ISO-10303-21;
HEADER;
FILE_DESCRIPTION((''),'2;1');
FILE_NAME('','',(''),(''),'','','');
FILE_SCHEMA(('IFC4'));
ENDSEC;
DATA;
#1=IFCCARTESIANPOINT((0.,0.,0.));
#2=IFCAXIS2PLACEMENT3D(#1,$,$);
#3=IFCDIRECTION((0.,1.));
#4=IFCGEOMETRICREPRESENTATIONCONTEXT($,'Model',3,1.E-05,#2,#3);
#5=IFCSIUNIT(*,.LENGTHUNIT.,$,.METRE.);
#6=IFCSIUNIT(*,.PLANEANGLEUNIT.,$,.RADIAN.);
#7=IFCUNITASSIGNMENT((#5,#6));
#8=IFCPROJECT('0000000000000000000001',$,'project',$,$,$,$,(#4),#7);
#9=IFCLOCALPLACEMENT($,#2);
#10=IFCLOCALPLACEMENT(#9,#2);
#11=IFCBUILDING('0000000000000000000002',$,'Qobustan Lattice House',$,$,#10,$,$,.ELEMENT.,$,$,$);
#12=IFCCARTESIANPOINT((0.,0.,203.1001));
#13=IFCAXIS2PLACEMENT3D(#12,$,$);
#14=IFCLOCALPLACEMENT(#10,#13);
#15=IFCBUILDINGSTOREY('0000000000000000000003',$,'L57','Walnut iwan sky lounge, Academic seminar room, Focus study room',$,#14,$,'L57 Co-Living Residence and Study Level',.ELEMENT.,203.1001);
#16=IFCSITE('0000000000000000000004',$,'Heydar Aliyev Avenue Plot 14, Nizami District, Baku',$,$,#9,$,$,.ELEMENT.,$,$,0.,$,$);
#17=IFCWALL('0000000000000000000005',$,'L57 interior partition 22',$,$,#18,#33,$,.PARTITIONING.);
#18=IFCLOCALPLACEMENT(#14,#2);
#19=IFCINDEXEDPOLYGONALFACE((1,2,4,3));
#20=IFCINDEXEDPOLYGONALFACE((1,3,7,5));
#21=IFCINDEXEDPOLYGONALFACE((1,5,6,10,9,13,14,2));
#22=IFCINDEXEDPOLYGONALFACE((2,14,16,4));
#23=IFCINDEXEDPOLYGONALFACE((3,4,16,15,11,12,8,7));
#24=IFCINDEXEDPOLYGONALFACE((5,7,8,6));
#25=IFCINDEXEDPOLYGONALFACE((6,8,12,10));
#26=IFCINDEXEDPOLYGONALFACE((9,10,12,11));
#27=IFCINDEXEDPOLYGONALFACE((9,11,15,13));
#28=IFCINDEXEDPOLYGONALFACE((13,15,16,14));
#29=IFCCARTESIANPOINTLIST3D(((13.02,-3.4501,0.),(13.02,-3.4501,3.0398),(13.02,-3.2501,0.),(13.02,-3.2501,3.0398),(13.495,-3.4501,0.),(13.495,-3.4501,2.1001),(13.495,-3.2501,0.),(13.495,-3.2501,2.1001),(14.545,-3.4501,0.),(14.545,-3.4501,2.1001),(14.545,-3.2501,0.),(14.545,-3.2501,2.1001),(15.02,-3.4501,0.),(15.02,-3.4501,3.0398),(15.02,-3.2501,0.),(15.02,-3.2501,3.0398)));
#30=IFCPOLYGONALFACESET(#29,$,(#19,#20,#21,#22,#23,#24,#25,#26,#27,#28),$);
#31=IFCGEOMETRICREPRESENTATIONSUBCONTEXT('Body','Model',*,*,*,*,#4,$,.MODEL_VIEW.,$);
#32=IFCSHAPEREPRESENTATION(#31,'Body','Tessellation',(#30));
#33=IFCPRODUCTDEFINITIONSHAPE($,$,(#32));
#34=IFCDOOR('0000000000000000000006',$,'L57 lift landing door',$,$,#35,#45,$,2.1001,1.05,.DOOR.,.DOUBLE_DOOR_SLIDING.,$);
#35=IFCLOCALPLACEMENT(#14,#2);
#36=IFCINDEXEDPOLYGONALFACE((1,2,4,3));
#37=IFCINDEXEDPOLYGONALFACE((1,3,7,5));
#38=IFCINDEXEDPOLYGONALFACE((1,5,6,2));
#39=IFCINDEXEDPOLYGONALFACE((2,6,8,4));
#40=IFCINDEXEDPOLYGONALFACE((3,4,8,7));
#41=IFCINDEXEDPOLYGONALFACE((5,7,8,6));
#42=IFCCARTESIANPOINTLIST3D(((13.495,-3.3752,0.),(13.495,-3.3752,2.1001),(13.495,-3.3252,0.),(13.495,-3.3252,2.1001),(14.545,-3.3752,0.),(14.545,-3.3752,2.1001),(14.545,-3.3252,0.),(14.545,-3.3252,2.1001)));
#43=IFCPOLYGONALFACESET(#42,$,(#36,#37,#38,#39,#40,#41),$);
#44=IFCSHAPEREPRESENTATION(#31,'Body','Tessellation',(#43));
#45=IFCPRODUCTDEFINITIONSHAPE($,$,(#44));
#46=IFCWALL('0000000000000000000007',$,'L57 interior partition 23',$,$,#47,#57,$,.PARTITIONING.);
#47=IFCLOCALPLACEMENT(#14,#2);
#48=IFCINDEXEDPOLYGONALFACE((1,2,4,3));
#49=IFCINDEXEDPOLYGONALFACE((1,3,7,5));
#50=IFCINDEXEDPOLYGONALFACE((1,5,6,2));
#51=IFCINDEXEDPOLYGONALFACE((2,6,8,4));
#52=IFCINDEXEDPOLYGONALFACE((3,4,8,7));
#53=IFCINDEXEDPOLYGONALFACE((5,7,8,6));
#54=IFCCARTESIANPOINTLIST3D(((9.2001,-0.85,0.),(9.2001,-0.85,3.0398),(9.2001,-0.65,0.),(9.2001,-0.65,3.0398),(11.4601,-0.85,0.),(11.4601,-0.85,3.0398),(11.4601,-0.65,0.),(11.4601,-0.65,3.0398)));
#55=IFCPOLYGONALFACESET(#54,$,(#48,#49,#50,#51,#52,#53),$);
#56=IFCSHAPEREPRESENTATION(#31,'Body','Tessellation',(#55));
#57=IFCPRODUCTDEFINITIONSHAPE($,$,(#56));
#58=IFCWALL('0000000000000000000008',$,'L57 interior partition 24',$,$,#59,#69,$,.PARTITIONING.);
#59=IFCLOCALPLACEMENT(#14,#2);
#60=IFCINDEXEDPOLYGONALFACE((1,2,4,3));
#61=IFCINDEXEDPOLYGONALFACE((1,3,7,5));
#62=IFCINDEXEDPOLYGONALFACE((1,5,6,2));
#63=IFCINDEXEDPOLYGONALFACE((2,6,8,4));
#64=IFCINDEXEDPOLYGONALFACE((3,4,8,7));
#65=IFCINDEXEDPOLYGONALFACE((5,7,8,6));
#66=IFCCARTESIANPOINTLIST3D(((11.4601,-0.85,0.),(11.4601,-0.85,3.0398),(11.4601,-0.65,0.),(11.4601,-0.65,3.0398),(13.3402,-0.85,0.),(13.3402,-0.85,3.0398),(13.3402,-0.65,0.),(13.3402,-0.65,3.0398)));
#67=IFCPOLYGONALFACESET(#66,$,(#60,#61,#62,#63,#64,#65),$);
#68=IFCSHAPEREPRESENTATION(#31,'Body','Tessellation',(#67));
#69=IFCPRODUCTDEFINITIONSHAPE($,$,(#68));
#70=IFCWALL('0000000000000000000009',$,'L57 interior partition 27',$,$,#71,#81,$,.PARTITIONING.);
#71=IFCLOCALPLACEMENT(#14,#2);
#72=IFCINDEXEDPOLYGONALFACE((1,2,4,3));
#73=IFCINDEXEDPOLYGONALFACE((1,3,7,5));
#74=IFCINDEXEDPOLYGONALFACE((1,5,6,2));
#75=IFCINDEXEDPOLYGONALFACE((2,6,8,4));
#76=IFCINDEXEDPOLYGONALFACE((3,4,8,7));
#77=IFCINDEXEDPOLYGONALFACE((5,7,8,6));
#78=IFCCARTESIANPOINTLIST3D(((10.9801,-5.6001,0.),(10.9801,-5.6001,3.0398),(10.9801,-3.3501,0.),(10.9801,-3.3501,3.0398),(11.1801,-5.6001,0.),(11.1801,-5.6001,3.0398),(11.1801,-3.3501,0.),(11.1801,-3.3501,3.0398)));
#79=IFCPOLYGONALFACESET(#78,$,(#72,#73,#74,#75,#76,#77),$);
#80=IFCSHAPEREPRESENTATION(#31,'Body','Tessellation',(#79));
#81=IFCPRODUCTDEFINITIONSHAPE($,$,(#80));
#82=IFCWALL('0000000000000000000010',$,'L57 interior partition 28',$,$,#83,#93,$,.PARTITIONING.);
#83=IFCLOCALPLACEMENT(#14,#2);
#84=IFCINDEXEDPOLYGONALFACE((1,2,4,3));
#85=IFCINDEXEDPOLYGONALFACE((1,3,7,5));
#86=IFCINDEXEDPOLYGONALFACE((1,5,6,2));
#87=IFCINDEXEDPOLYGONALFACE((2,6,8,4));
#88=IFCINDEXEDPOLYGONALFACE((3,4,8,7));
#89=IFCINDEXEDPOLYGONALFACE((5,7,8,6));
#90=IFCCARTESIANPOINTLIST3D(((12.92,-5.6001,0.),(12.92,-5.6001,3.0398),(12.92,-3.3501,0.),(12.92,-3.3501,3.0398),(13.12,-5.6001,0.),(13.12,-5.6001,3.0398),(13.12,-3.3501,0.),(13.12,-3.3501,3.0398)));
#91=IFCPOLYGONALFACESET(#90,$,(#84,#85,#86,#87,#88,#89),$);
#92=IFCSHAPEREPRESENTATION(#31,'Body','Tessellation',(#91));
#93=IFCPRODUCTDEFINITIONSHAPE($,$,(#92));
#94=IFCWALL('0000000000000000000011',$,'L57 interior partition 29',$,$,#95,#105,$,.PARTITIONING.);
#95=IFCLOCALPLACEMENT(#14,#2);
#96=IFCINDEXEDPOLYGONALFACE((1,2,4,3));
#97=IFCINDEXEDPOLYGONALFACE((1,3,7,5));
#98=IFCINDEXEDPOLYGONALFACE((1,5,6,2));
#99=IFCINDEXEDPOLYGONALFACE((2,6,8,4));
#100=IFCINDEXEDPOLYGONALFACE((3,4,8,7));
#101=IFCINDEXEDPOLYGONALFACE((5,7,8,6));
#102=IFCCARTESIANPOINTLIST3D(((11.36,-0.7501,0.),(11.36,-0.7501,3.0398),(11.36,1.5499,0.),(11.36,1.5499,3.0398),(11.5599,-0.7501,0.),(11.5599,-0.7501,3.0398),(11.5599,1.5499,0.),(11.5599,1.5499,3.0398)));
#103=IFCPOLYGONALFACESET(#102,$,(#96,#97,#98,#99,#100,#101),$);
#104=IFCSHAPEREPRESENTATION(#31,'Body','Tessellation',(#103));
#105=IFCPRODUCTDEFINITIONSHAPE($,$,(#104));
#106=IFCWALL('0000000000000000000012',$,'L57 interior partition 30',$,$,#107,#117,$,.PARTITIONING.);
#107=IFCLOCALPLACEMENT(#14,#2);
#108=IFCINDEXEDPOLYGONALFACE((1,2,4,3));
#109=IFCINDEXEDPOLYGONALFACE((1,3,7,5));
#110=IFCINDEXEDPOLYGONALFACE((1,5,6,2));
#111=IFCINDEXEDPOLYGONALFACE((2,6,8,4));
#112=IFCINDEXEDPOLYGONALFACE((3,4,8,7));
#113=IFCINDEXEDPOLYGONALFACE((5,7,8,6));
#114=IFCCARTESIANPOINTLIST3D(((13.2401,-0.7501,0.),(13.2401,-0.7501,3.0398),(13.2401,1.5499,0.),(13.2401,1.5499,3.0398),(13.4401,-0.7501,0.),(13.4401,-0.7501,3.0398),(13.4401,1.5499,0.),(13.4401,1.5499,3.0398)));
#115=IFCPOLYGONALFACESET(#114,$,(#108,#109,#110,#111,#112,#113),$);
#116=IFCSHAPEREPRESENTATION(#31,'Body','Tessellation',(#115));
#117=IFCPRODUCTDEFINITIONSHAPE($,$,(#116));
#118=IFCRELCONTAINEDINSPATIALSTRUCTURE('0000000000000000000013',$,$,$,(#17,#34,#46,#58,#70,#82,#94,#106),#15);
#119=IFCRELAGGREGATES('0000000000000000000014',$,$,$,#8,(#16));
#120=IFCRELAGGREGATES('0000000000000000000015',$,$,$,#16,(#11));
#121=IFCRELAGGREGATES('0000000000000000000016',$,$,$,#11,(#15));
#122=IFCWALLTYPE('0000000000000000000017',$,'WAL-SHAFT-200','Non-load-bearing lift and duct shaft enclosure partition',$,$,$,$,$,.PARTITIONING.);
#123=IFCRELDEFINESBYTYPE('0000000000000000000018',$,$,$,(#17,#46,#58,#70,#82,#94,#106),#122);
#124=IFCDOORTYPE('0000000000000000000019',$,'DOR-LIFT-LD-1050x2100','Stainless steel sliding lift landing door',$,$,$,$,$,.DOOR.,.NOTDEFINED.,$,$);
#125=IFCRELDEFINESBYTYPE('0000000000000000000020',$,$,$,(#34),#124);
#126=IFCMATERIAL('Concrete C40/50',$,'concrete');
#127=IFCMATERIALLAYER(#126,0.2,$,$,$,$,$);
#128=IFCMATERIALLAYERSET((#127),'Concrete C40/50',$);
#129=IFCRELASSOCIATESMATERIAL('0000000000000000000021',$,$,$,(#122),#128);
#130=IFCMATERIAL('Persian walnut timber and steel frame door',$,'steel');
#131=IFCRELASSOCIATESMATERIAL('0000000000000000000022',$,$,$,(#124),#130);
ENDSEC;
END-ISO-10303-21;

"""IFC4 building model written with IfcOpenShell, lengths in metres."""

from ifc_helpers import new_model, si_unit, direction, frame, frame_2d, origin, place, context, subcontext, project, spatial, rectangle, extrude, material, layer, layer_set, type_object, element, fill, save


model = new_model("IFC4")

# Units and contexts
model_context = context("Model", 3, precision=1e-05, world=origin(), true_north=direction((0.0, 1.0)))
body_context = subcontext(model_context, "Body", "Model", "MODEL_VIEW")
ifc_project = project(units=[si_unit("LENGTHUNIT", "METRE"), si_unit("PLANEANGLEUNIT", "RADIAN")], contexts=[model_context])

# Site, building, storey
site_placement = place(None, origin())
site = spatial("IfcSite", under=ifc_project, at=site_placement, Name="Heydar Aliyev Avenue Plot 14, Nizami District, Baku", CompositionType="ELEMENT", RefElevation=0.0)
building_placement = place(site_placement, origin())
building = spatial("IfcBuilding", under=site, at=building_placement, Name="Qobustan Lattice House", CompositionType="ELEMENT")
storey_placement = place(building_placement, frame((0.0, 0.0, 203.1001)))
storey = spatial("IfcBuildingStorey", under=building, at=storey_placement, Name="L57", Description="Walnut iwan sky lounge, Academic seminar room, Focus study room", LongName="L57 Co-Living Residence and Study Level", CompositionType="ELEMENT", Elevation=203.1001)

# Shared definitions
ifc_material_1 = material(Name="Concrete C40/50", Category="concrete")
ifc_layer_1 = layer(ifc_material_1, 0.2)
ifc_layer_set_1 = layer_set([ifc_layer_1], Name="Concrete C40/50")
wall_type_1 = type_object("IfcWallType", Name="WAL-SHAFT-200", Description="Non-load-bearing lift and duct shaft enclosure partition", PredefinedType="PARTITIONING", material=ifc_layer_set_1)

# Wall, opening, door
ifc_material_2 = material(Name="Persian walnut timber and steel frame door", Category="steel")
door_type_1 = type_object("IfcDoorType", Name="DOR-LIFT-LD-1050x2100", Description="Stainless steel sliding lift landing door", OperationType="NOTDEFINED", PredefinedType="DOOR", material=ifc_material_2)
wall_1_placement = place(storey_placement, frame((13.02, -3.3501, 0.0), z_axis=(0.0, 0.0, 1.0), x_axis=(1.0, 0.0, 0.0)))
wall_1 = element("IfcWall", 1, at=wall_1_placement, inside=storey, type_object=wall_type_1, Name="L57 interior partition 22", PredefinedType="PARTITIONING", context=body_context, shape_type="SweptSolid", body=[
    extrude(rectangle(XDim=2.0, YDim=0.2, at=frame_2d((1.0, 0.0))), origin(), (0.0, 0.0, 1.0), 3.0398),
])
opening_1_placement = place(wall_1_placement, frame((0.4751, 0.0, 0.0)))
opening_1 = element("IfcOpeningElement", 2, at=opening_1_placement, cuts=wall_1, PredefinedType="OPENING", context=body_context, shape_type="SweptSolid", body=[
    extrude(rectangle(XDim=1.05, YDim=2.1001, at=frame_2d((0.5249, 1.05))), frame((0.0, 0.1099, 0.0), z_axis=(0.0, -1.0, 0.0), x_axis=(1.0, 0.0, 0.0)), (0.0, 0.0, 1.0), 0.22),
])
door_1_placement = place(opening_1_placement, origin())
door_1 = element("IfcDoor", 3, at=door_1_placement, inside=storey, type_object=door_type_1, Name="L57 lift landing door", OperationType="DOUBLE_DOOR_SLIDING", OverallHeight=2.1001, OverallWidth=1.05, PredefinedType="DOOR", context=body_context, shape_type="SweptSolid", body=[
    extrude(rectangle(XDim=1.05, YDim=2.1001, at=frame_2d((0.5249, 1.05))), frame((0.0, 0.0249, 0.0), z_axis=(0.0, -1.0, 0.0), x_axis=(1.0, 0.0, 0.0)), (0.0, 0.0, 1.0), 0.05),
])
fill(opening_1, door_1)

# Walls
wall_2_placement = place(storey_placement, frame((11.46, -0.75, 0.0), z_axis=(0.0, 0.0, 1.0), x_axis=(-1.0, 0.0, 0.0)))
element("IfcWall", 4, at=wall_2_placement, inside=storey, type_object=wall_type_1, Name="L57 interior partition 23", PredefinedType="PARTITIONING", context=body_context, shape_type="SweptSolid", body=[
    extrude(rectangle(XDim=2.26, YDim=0.2, at=frame_2d((1.1299, 0.0))), origin(), (0.0, 0.0, 1.0), 3.0398),
])
wall_3_placement = place(storey_placement, frame((13.3401, -0.75, 0.0), z_axis=(0.0, 0.0, 1.0), x_axis=(-1.0, 0.0, 0.0)))
element("IfcWall", 5, at=wall_3_placement, inside=storey, type_object=wall_type_1, Name="L57 interior partition 24", PredefinedType="PARTITIONING", context=body_context, shape_type="SweptSolid", body=[
    extrude(rectangle(XDim=1.8801, YDim=0.2, at=frame_2d((0.9399, 0.0))), origin(), (0.0, 0.0, 1.0), 3.0398),
])
for number, where, z_axis, x_axis, name in (
    (6, (11.0801, -5.6001, 0.0), (0.0, 0.0, 1.0), (0.0, 1.0, 0.0), "L57 interior partition 27"),
    (7, (13.02, -5.6001, 0.0), (0.0, 0.0, 1.0), (0.0, 1.0, 0.0), "L57 interior partition 28"),
):
    element("IfcWall", number, at=place(storey_placement, frame(where, z_axis=z_axis, x_axis=x_axis)), inside=storey, type_object=wall_type_1, Name=name, PredefinedType="PARTITIONING", context=body_context, shape_type="SweptSolid", body=[
        extrude(rectangle(XDim=2.25, YDim=0.2, at=frame_2d((1.125, 0.0))), origin(), (0.0, 0.0, 1.0), 3.0398),
    ])
for number, where, z_axis, x_axis, name in (
    (8, (11.46, -0.75, 0.0), (0.0, 0.0, 1.0), (0.0, 1.0, 0.0), "L57 interior partition 29"),
    (9, (13.3401, -0.75, 0.0), (0.0, 0.0, 1.0), (0.0, 1.0, 0.0), "L57 interior partition 30"),
):
    element("IfcWall", number, at=place(storey_placement, frame(where, z_axis=z_axis, x_axis=x_axis)), inside=storey, type_object=wall_type_1, Name=name, PredefinedType="PARTITIONING", context=body_context, shape_type="SweptSolid", body=[
        extrude(rectangle(XDim=2.3, YDim=0.2, at=frame_2d((1.1499, 0.0))), origin(), (0.0, 0.0, 1.0), 3.0398),
    ])

save(model, "model.ifc")
